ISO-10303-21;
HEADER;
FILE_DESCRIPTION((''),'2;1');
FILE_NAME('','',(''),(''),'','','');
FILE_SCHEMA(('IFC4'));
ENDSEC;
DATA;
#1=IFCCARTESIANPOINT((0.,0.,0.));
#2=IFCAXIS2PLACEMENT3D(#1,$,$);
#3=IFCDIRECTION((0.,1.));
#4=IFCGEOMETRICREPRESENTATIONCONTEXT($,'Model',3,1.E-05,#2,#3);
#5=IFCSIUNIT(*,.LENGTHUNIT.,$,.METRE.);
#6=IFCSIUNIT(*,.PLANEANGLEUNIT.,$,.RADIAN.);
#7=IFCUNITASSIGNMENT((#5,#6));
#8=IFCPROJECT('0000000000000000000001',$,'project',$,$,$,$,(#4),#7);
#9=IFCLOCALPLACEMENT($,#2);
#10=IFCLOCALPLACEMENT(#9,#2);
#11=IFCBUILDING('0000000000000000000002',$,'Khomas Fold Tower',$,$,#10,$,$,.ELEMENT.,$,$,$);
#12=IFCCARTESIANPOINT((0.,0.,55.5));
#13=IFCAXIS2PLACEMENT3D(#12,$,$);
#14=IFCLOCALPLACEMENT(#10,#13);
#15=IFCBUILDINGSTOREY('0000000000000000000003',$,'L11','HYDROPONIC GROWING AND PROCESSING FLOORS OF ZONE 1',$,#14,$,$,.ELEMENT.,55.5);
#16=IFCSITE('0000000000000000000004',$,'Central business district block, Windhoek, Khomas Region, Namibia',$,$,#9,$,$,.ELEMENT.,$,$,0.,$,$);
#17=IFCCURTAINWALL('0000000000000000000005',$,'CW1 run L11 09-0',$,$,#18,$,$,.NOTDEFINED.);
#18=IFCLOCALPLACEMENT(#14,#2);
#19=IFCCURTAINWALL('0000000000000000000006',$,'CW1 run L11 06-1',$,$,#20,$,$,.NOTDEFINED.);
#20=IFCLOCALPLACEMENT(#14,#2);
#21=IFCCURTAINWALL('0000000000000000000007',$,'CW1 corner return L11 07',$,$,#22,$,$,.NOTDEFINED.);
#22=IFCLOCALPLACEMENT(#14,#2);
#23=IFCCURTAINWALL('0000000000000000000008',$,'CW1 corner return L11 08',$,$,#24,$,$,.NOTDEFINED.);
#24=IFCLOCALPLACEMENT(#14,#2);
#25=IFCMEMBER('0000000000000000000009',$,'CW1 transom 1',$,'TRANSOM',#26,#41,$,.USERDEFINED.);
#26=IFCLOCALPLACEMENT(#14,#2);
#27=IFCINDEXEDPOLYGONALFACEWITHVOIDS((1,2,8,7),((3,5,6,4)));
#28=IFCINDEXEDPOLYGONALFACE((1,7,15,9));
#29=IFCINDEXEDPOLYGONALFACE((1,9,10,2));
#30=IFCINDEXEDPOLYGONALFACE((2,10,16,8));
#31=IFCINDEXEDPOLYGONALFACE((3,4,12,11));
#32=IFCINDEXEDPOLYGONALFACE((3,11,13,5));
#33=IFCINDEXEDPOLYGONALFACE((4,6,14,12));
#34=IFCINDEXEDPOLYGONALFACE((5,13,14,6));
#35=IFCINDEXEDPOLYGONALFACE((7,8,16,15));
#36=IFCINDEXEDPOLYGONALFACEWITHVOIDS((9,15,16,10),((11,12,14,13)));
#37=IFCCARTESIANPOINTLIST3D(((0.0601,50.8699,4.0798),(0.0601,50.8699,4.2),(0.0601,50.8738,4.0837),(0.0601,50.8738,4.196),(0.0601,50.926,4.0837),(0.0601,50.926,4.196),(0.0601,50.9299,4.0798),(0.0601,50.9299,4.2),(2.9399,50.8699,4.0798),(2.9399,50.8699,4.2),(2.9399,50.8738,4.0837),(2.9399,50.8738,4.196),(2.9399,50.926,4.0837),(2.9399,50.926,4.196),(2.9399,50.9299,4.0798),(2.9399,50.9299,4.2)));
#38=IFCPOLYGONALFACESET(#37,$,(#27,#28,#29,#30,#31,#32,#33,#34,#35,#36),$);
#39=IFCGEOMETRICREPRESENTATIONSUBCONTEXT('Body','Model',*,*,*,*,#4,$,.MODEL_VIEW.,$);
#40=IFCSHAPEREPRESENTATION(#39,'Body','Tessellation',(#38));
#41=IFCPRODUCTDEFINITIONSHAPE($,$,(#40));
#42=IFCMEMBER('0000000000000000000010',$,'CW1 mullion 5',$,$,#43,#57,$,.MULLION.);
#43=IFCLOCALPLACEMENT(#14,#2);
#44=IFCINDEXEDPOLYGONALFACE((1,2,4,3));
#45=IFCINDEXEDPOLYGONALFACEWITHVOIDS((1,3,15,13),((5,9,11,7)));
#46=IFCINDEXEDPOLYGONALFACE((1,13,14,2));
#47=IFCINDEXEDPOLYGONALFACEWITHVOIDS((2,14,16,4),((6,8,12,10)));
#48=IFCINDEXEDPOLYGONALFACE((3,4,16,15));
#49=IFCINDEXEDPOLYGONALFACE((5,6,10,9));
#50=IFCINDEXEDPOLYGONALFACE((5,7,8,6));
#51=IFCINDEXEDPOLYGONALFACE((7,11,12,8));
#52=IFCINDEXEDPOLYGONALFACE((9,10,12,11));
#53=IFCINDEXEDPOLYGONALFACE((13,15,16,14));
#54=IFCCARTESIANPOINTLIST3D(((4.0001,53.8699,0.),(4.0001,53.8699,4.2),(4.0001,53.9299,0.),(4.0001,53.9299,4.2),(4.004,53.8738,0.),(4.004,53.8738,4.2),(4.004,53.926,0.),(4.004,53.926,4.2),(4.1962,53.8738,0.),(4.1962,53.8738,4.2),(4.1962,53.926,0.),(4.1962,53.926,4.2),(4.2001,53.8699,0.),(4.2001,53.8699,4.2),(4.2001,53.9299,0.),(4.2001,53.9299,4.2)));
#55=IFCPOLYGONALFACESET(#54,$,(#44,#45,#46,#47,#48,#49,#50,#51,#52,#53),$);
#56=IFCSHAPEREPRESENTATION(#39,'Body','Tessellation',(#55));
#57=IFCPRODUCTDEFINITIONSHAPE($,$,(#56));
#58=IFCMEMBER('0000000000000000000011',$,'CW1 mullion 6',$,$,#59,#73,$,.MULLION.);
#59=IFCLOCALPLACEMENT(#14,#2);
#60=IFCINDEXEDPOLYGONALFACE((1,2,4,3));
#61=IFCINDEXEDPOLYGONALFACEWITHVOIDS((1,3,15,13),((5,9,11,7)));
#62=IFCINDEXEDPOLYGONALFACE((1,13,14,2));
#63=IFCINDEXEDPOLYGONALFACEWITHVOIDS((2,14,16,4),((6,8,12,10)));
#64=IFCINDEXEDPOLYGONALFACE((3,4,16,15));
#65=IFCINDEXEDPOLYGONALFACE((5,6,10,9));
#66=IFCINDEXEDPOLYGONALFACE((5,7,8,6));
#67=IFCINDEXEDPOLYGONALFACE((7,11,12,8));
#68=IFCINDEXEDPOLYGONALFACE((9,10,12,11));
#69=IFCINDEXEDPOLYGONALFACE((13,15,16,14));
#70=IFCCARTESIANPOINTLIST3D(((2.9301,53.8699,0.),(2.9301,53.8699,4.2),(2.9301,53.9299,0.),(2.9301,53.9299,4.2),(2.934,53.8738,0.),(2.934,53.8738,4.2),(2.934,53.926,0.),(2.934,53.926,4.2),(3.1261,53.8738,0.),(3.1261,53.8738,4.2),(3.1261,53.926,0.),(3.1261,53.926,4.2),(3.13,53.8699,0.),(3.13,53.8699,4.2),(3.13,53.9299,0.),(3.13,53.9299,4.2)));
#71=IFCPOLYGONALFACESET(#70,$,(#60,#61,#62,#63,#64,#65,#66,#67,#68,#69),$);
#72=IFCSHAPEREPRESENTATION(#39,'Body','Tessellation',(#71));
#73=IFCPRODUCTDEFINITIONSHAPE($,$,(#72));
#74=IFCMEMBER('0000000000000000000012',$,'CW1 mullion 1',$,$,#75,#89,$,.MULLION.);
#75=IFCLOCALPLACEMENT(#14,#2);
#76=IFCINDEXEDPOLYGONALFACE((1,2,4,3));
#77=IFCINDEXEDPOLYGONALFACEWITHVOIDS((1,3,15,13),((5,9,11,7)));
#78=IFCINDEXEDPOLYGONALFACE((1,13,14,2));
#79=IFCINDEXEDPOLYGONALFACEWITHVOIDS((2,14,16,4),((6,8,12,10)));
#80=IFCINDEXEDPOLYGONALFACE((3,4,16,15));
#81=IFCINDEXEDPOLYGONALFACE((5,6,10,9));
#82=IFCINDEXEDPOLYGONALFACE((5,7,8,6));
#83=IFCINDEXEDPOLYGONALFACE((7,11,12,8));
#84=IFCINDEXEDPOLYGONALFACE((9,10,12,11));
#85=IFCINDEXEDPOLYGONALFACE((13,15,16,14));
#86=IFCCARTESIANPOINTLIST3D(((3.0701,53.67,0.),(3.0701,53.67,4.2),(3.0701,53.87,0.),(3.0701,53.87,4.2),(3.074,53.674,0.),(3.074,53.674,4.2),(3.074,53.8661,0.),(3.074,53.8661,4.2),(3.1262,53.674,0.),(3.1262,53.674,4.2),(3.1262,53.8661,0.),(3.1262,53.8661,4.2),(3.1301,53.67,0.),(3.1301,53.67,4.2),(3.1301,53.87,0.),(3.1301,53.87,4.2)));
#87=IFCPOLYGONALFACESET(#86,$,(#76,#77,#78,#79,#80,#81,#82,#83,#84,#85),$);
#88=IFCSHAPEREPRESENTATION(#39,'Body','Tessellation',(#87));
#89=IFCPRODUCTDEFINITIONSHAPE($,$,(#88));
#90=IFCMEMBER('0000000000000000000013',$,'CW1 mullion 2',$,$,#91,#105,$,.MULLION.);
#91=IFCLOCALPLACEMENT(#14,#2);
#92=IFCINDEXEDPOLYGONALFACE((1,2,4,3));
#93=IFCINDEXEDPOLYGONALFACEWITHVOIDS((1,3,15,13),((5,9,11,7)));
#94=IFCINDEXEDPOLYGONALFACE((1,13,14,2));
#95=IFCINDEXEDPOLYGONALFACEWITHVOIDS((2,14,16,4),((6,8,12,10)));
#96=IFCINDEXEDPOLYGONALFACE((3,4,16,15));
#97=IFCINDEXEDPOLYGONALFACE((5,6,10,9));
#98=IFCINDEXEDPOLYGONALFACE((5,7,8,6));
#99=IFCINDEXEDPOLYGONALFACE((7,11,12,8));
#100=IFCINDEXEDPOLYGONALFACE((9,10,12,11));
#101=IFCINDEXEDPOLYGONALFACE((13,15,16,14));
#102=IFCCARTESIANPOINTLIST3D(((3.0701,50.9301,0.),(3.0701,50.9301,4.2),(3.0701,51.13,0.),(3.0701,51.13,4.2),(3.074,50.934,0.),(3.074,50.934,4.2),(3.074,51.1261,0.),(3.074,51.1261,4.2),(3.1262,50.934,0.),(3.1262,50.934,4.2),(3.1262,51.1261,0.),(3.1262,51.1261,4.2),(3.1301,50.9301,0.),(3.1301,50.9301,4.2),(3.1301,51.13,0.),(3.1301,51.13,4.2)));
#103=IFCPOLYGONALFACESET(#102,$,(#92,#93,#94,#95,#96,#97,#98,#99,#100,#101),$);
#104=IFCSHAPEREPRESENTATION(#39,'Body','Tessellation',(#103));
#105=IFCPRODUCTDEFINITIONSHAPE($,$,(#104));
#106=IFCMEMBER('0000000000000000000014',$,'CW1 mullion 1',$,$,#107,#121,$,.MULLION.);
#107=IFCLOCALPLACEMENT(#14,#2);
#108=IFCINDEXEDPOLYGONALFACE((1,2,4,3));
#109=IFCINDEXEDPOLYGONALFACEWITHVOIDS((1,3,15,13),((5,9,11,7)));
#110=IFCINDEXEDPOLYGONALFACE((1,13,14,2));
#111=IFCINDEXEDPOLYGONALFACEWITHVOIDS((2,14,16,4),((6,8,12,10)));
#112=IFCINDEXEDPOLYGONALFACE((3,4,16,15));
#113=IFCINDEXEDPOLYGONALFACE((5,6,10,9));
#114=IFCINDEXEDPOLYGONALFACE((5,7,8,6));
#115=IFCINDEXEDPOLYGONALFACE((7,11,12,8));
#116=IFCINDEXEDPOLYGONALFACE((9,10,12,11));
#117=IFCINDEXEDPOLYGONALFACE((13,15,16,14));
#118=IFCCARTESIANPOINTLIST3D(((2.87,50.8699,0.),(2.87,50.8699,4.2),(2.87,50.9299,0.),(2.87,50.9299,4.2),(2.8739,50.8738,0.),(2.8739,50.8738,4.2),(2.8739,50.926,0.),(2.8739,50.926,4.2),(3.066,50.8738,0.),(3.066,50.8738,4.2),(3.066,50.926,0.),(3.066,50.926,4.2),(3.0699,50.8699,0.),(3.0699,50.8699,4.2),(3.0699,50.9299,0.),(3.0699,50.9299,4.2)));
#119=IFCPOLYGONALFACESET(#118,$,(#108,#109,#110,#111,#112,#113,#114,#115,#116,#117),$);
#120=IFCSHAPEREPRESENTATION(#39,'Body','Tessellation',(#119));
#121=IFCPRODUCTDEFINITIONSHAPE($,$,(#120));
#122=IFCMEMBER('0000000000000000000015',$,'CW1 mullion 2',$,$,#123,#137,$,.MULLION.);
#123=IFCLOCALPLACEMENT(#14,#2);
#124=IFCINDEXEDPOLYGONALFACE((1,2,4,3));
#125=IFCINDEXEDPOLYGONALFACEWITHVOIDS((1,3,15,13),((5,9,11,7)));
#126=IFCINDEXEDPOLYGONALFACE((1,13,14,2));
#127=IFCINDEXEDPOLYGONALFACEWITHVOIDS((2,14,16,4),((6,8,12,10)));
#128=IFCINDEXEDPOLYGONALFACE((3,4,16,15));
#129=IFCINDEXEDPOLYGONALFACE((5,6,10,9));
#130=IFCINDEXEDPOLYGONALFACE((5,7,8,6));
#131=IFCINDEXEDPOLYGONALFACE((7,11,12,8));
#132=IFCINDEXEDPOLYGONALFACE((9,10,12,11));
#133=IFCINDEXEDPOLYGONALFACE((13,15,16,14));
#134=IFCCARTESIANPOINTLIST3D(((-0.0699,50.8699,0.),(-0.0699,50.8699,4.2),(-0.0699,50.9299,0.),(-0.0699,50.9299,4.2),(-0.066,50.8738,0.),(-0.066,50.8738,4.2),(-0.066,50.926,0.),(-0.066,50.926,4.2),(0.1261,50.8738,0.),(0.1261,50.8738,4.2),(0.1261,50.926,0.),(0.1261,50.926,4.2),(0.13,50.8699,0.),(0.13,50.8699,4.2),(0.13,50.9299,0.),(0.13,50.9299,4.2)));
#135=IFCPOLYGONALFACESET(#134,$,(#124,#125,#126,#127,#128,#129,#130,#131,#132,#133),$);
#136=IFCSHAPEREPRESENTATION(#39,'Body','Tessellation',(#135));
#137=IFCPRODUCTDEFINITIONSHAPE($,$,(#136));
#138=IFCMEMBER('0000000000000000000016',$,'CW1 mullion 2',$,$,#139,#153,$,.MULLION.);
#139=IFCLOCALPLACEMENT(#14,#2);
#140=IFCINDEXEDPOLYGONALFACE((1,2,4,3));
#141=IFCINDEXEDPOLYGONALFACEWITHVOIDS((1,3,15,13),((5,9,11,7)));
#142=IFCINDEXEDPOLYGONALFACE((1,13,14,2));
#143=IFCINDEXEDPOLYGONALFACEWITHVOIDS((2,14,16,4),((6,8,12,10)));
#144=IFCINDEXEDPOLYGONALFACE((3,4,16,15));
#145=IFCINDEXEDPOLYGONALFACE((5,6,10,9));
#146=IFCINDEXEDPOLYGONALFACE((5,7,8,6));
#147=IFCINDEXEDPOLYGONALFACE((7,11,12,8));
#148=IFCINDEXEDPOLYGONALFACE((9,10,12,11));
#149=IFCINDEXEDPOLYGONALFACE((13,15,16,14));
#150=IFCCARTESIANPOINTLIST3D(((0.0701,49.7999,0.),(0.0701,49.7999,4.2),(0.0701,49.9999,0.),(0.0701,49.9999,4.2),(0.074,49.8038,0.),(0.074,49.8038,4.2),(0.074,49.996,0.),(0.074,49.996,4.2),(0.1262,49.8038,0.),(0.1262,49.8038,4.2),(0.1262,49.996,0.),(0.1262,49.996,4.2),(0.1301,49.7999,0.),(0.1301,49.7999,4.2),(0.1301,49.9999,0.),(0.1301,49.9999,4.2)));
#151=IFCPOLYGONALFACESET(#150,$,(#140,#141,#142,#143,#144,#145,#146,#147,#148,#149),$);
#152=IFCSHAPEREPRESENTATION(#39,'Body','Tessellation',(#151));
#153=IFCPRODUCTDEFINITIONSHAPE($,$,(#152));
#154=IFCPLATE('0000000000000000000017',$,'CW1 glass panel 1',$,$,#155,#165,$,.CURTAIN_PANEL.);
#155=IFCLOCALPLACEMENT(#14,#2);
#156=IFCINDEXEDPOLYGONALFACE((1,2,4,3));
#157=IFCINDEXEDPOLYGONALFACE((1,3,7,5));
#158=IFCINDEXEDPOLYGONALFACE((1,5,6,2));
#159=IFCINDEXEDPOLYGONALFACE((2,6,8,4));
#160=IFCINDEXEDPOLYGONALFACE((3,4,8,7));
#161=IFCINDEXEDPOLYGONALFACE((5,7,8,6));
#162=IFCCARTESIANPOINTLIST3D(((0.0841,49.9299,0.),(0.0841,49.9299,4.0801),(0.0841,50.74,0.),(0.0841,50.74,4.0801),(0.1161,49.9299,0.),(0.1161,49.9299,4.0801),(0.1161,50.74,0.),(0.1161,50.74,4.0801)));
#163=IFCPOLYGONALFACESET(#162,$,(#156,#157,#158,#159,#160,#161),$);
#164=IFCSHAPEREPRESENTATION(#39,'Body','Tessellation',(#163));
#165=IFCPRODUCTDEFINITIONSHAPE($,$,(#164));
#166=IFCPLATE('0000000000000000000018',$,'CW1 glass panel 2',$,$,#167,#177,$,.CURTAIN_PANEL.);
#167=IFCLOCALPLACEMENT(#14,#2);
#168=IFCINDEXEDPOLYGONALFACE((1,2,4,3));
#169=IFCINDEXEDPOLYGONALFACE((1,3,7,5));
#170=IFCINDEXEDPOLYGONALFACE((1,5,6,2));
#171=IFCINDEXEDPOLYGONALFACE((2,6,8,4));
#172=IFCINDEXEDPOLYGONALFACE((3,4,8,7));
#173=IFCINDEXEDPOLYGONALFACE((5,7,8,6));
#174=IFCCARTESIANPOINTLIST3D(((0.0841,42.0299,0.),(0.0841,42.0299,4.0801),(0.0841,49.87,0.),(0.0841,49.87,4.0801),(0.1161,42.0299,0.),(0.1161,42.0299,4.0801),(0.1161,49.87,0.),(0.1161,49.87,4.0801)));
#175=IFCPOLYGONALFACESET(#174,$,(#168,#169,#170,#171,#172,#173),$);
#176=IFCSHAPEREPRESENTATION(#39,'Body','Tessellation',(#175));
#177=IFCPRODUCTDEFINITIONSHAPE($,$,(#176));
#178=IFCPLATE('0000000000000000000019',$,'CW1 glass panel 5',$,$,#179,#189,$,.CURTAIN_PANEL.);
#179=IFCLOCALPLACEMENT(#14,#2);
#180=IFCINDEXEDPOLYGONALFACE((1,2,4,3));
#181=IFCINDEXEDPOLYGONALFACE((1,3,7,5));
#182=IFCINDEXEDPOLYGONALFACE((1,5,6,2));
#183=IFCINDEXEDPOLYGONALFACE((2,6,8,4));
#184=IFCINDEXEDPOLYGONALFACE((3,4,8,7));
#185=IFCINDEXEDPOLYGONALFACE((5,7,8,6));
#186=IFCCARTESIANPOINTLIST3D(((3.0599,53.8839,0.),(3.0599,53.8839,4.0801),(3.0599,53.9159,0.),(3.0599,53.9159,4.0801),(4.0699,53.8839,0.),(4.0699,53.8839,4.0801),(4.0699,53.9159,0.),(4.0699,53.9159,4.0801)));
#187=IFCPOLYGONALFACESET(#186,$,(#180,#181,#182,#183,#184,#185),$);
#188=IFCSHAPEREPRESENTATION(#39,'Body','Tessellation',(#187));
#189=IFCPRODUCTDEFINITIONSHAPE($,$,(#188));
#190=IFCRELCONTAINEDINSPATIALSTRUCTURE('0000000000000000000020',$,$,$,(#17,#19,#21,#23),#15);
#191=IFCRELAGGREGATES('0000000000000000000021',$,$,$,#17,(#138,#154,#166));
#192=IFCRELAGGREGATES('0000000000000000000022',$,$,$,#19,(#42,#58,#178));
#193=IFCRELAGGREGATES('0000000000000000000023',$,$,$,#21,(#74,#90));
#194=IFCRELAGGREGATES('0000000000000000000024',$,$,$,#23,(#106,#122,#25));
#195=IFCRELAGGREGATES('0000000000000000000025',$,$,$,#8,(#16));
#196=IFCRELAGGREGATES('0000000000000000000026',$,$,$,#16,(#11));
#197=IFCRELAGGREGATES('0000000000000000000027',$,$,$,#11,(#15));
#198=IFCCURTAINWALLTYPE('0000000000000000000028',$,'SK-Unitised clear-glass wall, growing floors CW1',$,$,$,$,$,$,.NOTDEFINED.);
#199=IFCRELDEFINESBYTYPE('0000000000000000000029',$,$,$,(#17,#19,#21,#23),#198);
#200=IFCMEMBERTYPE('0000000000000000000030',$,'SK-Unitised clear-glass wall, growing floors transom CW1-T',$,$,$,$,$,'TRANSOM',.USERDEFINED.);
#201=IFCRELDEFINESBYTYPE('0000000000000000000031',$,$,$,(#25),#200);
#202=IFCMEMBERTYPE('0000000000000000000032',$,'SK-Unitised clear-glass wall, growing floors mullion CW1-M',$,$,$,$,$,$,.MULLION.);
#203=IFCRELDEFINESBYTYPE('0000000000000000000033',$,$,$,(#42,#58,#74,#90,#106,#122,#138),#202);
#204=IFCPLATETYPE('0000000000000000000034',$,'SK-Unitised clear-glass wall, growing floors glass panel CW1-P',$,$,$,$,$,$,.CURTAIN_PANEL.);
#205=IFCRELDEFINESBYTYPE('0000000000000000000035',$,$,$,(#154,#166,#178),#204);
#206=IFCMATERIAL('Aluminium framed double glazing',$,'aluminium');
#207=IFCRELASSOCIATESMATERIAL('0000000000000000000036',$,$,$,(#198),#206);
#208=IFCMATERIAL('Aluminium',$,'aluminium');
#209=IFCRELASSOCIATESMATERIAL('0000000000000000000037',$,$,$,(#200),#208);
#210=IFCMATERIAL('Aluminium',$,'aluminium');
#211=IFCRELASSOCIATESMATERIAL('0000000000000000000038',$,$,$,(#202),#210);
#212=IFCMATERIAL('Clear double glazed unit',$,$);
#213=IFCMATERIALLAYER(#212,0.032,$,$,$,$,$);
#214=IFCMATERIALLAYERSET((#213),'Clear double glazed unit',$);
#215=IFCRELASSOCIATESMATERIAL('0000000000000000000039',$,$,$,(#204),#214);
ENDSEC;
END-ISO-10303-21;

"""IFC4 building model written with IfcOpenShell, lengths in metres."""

from ifc_helpers import new_model, si_unit, direction, frame, origin, origin_2d, place, context, subcontext, project, spatial, rectangle, hollow_rectangle, extrude, source, transform, mapped, material, layer, layer_set, material_profile, profile_set, type_object, element, aggregate, save


model = new_model("IFC4")

# Units and contexts
model_context = context("Model", 3, precision=1e-05, world=origin(), true_north=direction((0.0, 1.0)))
body_context = subcontext(model_context, "Body", "Model", "MODEL_VIEW")
ifc_project = project(units=[si_unit("LENGTHUNIT", "METRE"), si_unit("PLANEANGLEUNIT", "RADIAN")], contexts=[model_context])

# Site, building, storey
site_placement = place(None, origin())
site = spatial("IfcSite", under=ifc_project, at=site_placement, Name="Central business district block, Windhoek, Khomas Region, Namibia", CompositionType="ELEMENT", RefElevation=0.0)
building_placement = place(site_placement, origin())
building = spatial("IfcBuilding", under=site, at=building_placement, Name="Khomas Fold Tower", CompositionType="ELEMENT")
storey_placement = place(building_placement, frame((0.0, 0.0, 55.5)))
storey = spatial("IfcBuildingStorey", under=building, at=storey_placement, Name="L11", Description="HYDROPONIC GROWING AND PROCESSING FLOORS OF ZONE 1", CompositionType="ELEMENT", Elevation=55.5)

# Curtain wall
ifc_material_1 = material(Name="Aluminium framed double glazing", Category="aluminium")
curtain_wall_type = type_object("IfcCurtainWallType", Name="SK-Unitised clear-glass wall, growing floors CW1", PredefinedType="NOTDEFINED", material=ifc_material_1)
curtain_wall_1_placement = place(storey_placement, origin())
curtain_wall_1 = element("IfcCurtainWall", 1, at=curtain_wall_1_placement, inside=storey, type_object=curtain_wall_type, Name="CW1 run L11 09-0", PredefinedType="NOTDEFINED")
ifc_material_2 = material(Name="Aluminium", Category="aluminium")
ifc_material_profile_1 = material_profile(ifc_material_2, hollow_rectangle(XDim=0.0601, YDim=0.1201, WallThickness=0.0039, at=origin_2d()), Name="SK-Unitised clear-glass wall, growing floors transom CW1-T")
ifc_profile_set_1 = profile_set([ifc_material_profile_1], Name="Aluminium")
member_type_1 = type_object("IfcMemberType", Name="SK-Unitised clear-glass wall, growing floors transom CW1-T", ElementType="TRANSOM", PredefinedType="USERDEFINED", material=ifc_profile_set_1)

# Curtain walls, member
curtain_wall_2_placement = place(storey_placement, origin())
curtain_wall_2 = element("IfcCurtainWall", 2, at=curtain_wall_2_placement, inside=storey, type_object=curtain_wall_type, Name="CW1 run L11 06-1", PredefinedType="NOTDEFINED")
curtain_wall_3_placement = place(storey_placement, origin())
curtain_wall_3 = element("IfcCurtainWall", 3, at=curtain_wall_3_placement, inside=storey, type_object=curtain_wall_type, Name="CW1 corner return L11 07", PredefinedType="NOTDEFINED")
curtain_wall_4_placement = place(storey_placement, origin())
curtain_wall_4 = element("IfcCurtainWall", 4, at=curtain_wall_4_placement, inside=storey, type_object=curtain_wall_type, Name="CW1 corner return L11 08", PredefinedType="NOTDEFINED")
shared_shape_1 = source(origin(), body_context, "Body", "SweptSolid", [
    extrude(hollow_rectangle(XDim=0.0601, YDim=0.1201, WallThickness=0.0039, at=origin_2d()), origin(), (0.0, 0.0, 1.0), 2.8799),
])
member_1_placement = place(storey_placement, frame((2.9399, 50.8999, 4.1399), z_axis=(-1.0, 0.0, 0.0), x_axis=(0.0, -1.0, 0.0)))
member_1 = element("IfcMember", 5, at=member_1_placement, type_object=member_type_1, Name="CW1 transom 1", ObjectType="TRANSOM", PredefinedType="USERDEFINED", context=body_context, shape_type="MappedRepresentation", body=[
    mapped(shared_shape_1, transform((0.0, 0.0, 0.0))),
])

# Members
ifc_material_3 = material(Name="Aluminium", Category="aluminium")
ifc_material_profile_2 = material_profile(ifc_material_3, hollow_rectangle(XDim=0.0601, YDim=0.2, WallThickness=0.0039, at=origin_2d()), Name="SK-Unitised clear-glass wall, growing floors mullion CW1-M")
ifc_profile_set_2 = profile_set([ifc_material_profile_2], Name="Aluminium")
member_type_2 = type_object("IfcMemberType", Name="SK-Unitised clear-glass wall, growing floors mullion CW1-M", PredefinedType="MULLION", material=ifc_profile_set_2)
shared_shape_2 = source(origin(), body_context, "Body", "SweptSolid", [
    extrude(hollow_rectangle(XDim=0.0601, YDim=0.2, WallThickness=0.0039, at=origin_2d()), origin(), (0.0, 0.0, 1.0), 4.2),
])
member_2_placement = place(storey_placement, frame((4.1001, 53.8999, 0.0), z_axis=(0.0, 0.0, 1.0), x_axis=(0.0, -1.0, 0.0)))
member_2 = element("IfcMember", 6, at=member_2_placement, type_object=member_type_2, Name="CW1 mullion 5", PredefinedType="MULLION", context=body_context, shape_type="MappedRepresentation", body=[
    mapped(shared_shape_2, transform((0.0, 0.0, 0.0))),
])
member_3_placement = place(storey_placement, frame((3.03, 53.8999, 0.0), z_axis=(0.0, 0.0, 1.0), x_axis=(0.0, -1.0, 0.0)))
member_3 = element("IfcMember", 7, at=member_3_placement, type_object=member_type_2, Name="CW1 mullion 6", PredefinedType="MULLION", context=body_context, shape_type="MappedRepresentation", body=[
    mapped(shared_shape_2, transform((0.0, 0.0, 0.0))),
])
member_4_placement = place(storey_placement, frame((3.1001, 53.77, 0.0), z_axis=(0.0, 0.0, 1.0), x_axis=(1.0, 0.0, 0.0)))
member_4 = element("IfcMember", 8, at=member_4_placement, type_object=member_type_2, Name="CW1 mullion 1", PredefinedType="MULLION", context=body_context, shape_type="MappedRepresentation", body=[
    mapped(shared_shape_2, transform((0.0, 0.0, 0.0))),
])
member_5_placement = place(storey_placement, frame((3.1001, 51.03, 0.0), z_axis=(0.0, 0.0, 1.0), x_axis=(1.0, 0.0, 0.0)))
member_5 = element("IfcMember", 9, at=member_5_placement, type_object=member_type_2, Name="CW1 mullion 2", PredefinedType="MULLION", context=body_context, shape_type="MappedRepresentation", body=[
    mapped(shared_shape_2, transform((0.0, 0.0, 0.0))),
])
member_6_placement = place(storey_placement, frame((2.97, 50.8999, 0.0), z_axis=(0.0, 0.0, 1.0), x_axis=(0.0, -1.0, 0.0)))
member_6 = element("IfcMember", 10, at=member_6_placement, type_object=member_type_2, Name="CW1 mullion 1", PredefinedType="MULLION", context=body_context, shape_type="MappedRepresentation", body=[
    mapped(shared_shape_2, transform((0.0, 0.0, 0.0))),
])
member_7_placement = place(storey_placement, frame((0.03, 50.8999, 0.0), z_axis=(0.0, 0.0, 1.0), x_axis=(0.0, -1.0, 0.0)))
member_7 = element("IfcMember", 11, at=member_7_placement, type_object=member_type_2, Name="CW1 mullion 2", PredefinedType="MULLION", context=body_context, shape_type="MappedRepresentation", body=[
    mapped(shared_shape_2, transform((0.0, 0.0, 0.0))),
])
member_8_placement = place(storey_placement, frame((0.1001, 49.8999, 0.0), z_axis=(0.0, 0.0, 1.0), x_axis=(1.0, 0.0, 0.0)))
member_8 = element("IfcMember", 12, at=member_8_placement, type_object=member_type_2, Name="CW1 mullion 2", PredefinedType="MULLION", context=body_context, shape_type="MappedRepresentation", body=[
    mapped(shared_shape_2, transform((0.0, 0.0, 0.0))),
])

# Plates
ifc_material_4 = material(Name="Clear double glazed unit")
ifc_layer = layer(ifc_material_4, 0.032)
ifc_layer_set = layer_set([ifc_layer], Name="Clear double glazed unit")
plate_type = type_object("IfcPlateType", Name="SK-Unitised clear-glass wall, growing floors glass panel CW1-P", PredefinedType="CURTAIN_PANEL", material=ifc_layer_set)
shared_shape_3 = source(origin(), body_context, "Body", "SweptSolid", [
    extrude(rectangle(XDim=0.8101, YDim=0.032, at=origin_2d()), origin(), (0.0, 0.0, 1.0), 4.0801),
])
plate_1_placement = place(storey_placement, frame((0.1001, 50.335, 0.0), z_axis=(0.0, 0.0, 1.0), x_axis=(0.0, -1.0, 0.0)))
plate_1 = element("IfcPlate", 13, at=plate_1_placement, type_object=plate_type, Name="CW1 glass panel 1", PredefinedType="CURTAIN_PANEL", context=body_context, shape_type="MappedRepresentation", body=[
    mapped(shared_shape_3, transform((0.0, 0.0, 0.0))),
])
shared_shape_4 = source(origin(), body_context, "Body", "SweptSolid", [
    extrude(rectangle(XDim=7.8401, YDim=0.032, at=origin_2d()), origin(), (0.0, 0.0, 1.0), 4.0801),
])
plate_2_placement = place(storey_placement, frame((0.1001, 45.95, 0.0), z_axis=(0.0, 0.0, 1.0), x_axis=(0.0, -1.0, 0.0)))
plate_2 = element("IfcPlate", 14, at=plate_2_placement, type_object=plate_type, Name="CW1 glass panel 2", PredefinedType="CURTAIN_PANEL", context=body_context, shape_type="MappedRepresentation", body=[
    mapped(shared_shape_4, transform((0.0, 0.0, 0.0))),
])
aggregate(curtain_wall_1, [member_8, plate_1, plate_2])
shared_shape_5 = source(origin(), body_context, "Body", "SweptSolid", [
    extrude(rectangle(XDim=1.01, YDim=0.032, at=origin_2d()), origin(), (0.0, 0.0, 1.0), 4.0801),
])
plate_3_placement = place(storey_placement, frame((3.5649, 53.8999, 0.0), z_axis=(0.0, 0.0, 1.0), x_axis=(-1.0, 0.0, 0.0)))
plate_3 = element("IfcPlate", 15, at=plate_3_placement, type_object=plate_type, Name="CW1 glass panel 5", PredefinedType="CURTAIN_PANEL", context=body_context, shape_type="MappedRepresentation", body=[
    mapped(shared_shape_5, transform((0.0, 0.0, 0.0))),
])
aggregate(curtain_wall_2, [member_2, member_3, plate_3])
aggregate(curtain_wall_3, [member_4, member_5])
aggregate(curtain_wall_4, [member_6, member_7, member_1])

save(model, "model.ifc")
